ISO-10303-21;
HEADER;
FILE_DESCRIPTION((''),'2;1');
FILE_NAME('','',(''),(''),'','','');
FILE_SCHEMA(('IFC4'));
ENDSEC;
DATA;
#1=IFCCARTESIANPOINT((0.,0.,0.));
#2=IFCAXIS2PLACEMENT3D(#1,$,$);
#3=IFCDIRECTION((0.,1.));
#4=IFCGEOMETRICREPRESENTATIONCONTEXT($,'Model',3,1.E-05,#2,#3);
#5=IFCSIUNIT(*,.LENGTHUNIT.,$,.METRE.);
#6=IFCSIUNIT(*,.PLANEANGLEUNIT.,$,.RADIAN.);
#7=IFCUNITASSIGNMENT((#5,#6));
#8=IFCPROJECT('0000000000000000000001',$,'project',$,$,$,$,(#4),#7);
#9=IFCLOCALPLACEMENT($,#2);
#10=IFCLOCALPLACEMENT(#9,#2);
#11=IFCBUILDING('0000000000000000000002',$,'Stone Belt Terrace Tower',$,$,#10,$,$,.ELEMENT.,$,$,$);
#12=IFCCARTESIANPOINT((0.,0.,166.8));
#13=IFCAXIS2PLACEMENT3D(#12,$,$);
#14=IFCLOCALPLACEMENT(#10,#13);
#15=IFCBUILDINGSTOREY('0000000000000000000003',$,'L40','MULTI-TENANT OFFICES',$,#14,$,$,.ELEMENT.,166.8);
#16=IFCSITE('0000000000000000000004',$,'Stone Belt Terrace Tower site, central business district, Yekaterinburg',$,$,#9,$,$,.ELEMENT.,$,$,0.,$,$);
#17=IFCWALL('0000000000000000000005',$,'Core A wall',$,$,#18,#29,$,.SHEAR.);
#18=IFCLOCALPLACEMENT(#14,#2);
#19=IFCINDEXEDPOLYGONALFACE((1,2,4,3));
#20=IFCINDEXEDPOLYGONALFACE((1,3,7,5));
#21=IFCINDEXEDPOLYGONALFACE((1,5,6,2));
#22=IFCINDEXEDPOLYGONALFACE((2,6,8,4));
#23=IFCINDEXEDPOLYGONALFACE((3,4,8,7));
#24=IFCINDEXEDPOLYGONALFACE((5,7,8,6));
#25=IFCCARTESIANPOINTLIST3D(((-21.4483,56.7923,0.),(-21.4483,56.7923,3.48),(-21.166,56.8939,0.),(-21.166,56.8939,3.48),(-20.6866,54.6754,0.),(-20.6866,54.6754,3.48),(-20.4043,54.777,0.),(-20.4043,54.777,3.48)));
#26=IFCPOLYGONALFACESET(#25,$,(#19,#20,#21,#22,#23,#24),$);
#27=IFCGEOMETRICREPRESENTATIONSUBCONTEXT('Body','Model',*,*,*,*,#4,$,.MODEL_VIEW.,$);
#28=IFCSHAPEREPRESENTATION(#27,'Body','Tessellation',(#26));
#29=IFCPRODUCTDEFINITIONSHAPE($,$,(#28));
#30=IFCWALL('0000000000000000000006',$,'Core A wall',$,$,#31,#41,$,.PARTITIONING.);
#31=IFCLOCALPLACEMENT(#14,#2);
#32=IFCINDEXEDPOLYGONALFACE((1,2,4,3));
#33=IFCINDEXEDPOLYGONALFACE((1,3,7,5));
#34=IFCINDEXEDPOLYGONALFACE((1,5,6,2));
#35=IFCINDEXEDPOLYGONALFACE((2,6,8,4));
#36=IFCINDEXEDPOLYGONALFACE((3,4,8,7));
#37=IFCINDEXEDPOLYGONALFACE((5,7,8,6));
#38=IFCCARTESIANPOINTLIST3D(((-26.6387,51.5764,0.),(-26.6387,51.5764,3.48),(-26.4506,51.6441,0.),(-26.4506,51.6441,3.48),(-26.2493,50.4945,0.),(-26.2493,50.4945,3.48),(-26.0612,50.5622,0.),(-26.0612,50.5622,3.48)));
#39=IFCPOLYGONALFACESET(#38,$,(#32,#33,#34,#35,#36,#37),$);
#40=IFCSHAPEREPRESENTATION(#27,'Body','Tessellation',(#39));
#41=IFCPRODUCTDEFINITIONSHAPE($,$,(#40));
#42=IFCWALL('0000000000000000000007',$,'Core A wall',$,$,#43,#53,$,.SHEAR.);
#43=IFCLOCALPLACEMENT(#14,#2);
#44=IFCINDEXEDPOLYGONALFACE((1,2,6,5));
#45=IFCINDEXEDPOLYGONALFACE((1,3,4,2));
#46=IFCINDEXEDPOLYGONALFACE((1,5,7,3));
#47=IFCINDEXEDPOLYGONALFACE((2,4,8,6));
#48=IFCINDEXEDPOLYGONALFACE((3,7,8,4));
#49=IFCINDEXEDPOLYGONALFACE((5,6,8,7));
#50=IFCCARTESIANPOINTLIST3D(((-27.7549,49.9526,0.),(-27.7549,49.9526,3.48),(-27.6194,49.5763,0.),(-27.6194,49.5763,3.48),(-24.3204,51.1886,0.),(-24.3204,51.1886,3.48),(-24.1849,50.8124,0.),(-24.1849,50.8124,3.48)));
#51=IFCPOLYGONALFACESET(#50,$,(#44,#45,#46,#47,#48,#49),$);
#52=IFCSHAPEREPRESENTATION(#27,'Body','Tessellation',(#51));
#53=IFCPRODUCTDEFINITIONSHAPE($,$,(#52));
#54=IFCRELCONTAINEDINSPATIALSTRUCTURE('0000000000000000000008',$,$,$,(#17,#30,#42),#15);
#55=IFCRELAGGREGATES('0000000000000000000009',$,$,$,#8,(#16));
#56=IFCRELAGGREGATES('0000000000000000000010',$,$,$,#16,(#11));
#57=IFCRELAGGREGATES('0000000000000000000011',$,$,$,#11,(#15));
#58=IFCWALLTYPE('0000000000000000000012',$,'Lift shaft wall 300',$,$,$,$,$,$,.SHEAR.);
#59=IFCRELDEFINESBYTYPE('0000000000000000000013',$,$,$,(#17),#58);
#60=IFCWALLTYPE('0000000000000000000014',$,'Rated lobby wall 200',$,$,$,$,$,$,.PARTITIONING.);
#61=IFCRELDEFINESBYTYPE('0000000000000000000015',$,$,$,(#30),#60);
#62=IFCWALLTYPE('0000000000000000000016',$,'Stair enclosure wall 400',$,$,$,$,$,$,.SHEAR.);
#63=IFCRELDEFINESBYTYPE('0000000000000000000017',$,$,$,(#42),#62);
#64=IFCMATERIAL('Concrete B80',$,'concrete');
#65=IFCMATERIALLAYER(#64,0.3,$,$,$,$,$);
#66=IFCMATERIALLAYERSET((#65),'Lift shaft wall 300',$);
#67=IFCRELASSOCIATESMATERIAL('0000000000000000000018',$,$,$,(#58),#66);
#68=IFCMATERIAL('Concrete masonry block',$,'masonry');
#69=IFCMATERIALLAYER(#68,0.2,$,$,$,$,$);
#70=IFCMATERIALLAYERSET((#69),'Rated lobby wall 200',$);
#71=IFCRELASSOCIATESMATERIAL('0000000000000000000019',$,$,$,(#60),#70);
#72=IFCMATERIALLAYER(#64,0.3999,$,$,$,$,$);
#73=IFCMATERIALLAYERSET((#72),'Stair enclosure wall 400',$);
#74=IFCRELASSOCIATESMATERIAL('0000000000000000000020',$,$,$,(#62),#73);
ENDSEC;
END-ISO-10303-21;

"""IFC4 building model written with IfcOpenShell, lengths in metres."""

from ifc_helpers import new_model, si_unit, direction, frame, frame_2d, origin, place, context, subcontext, project, spatial, rectangle, extrude, material, layer, layer_set, type_object, element, save


model = new_model("IFC4")

# Units and contexts
model_context = context("Model", 3, precision=1e-05, world=origin(), true_north=direction((0.0, 1.0)))
body_context = subcontext(model_context, "Body", "Model", "MODEL_VIEW")
ifc_project = project(units=[si_unit("LENGTHUNIT", "METRE"), si_unit("PLANEANGLEUNIT", "RADIAN")], contexts=[model_context])

# Site, building, storey
site_placement = place(None, origin())
site = spatial("IfcSite", under=ifc_project, at=site_placement, Name="Stone Belt Terrace Tower site, central business district, Yekaterinburg", CompositionType="ELEMENT", RefElevation=0.0)
building_placement = place(site_placement, origin())
building = spatial("IfcBuilding", under=site, at=building_placement, Name="Stone Belt Terrace Tower", CompositionType="ELEMENT")
storey_placement = place(building_placement, frame((0.0, 0.0, 166.8)))
storey = spatial("IfcBuildingStorey", under=building, at=storey_placement, Name="L40", Description="MULTI-TENANT OFFICES", CompositionType="ELEMENT", Elevation=166.8)

# Shared definitions
ifc_material_1 = material(Name="Concrete B80", Category="concrete")

# Shared definitions
ifc_layer_1 = layer(ifc_material_1, 0.3)
ifc_layer_set_1 = layer_set([ifc_layer_1], Name="Lift shaft wall 300")
wall_type_1 = type_object("IfcWallType", Name="Lift shaft wall 300", PredefinedType="SHEAR", material=ifc_layer_set_1)

# Walls
wall_1_placement = place(storey_placement, frame((-20.5454, 54.7261, 0.0), z_axis=(0.0, 0.0, 1.0), x_axis=(-0.33857, 0.940941, 0.0)))
element("IfcWall", 1, at=wall_1_placement, inside=storey, type_object=wall_type_1, Name="Core A wall", PredefinedType="SHEAR", context=body_context, shape_type="SweptSolid", body=[
    extrude(rectangle(XDim=2.2498, YDim=0.3, at=frame_2d((1.125, 0.0))), origin(), (0.0, 0.0, 1.0), 3.48),
])
ifc_material_2 = material(Name="Concrete masonry block", Category="masonry")
ifc_layer_2 = layer(ifc_material_2, 0.2)
ifc_layer_set_2 = layer_set([ifc_layer_2], Name="Rated lobby wall 200")
wall_type_2 = type_object("IfcWallType", Name="Rated lobby wall 200", PredefinedType="PARTITIONING", material=ifc_layer_set_2)
wall_2_placement = place(storey_placement, frame((-26.1553, 50.5283, 0.0), z_axis=(0.0, 0.0, 1.0), x_axis=(-0.338622, 0.940923, 0.0)))
element("IfcWall", 2, at=wall_2_placement, inside=storey, type_object=wall_type_2, Name="Core A wall", PredefinedType="PARTITIONING", context=body_context, shape_type="SweptSolid", body=[
    extrude(rectangle(XDim=1.1499, YDim=0.2, at=frame_2d((0.575, 0.0))), origin(), (0.0, 0.0, 1.0), 3.48),
])
ifc_layer_3 = layer(ifc_material_1, 0.3999)
ifc_layer_set_3 = layer_set([ifc_layer_3], Name="Stair enclosure wall 400")
wall_type_3 = type_object("IfcWallType", Name="Stair enclosure wall 400", PredefinedType="SHEAR", material=ifc_layer_set_3)
wall_3_placement = place(storey_placement, frame((-27.6873, 49.7644, 0.0), z_axis=(0.0, 0.0, 1.0), x_axis=(0.940919, 0.338632, 0.0)))
element("IfcWall", 3, at=wall_3_placement, inside=storey, type_object=wall_type_3, Name="Core A wall", PredefinedType="SHEAR", context=body_context, shape_type="SweptSolid", body=[
    extrude(rectangle(XDim=3.6501, YDim=0.3999, at=frame_2d((1.8252, 0.0))), origin(), (0.0, 0.0, 1.0), 3.48),
])

save(model, "model.ifc")
